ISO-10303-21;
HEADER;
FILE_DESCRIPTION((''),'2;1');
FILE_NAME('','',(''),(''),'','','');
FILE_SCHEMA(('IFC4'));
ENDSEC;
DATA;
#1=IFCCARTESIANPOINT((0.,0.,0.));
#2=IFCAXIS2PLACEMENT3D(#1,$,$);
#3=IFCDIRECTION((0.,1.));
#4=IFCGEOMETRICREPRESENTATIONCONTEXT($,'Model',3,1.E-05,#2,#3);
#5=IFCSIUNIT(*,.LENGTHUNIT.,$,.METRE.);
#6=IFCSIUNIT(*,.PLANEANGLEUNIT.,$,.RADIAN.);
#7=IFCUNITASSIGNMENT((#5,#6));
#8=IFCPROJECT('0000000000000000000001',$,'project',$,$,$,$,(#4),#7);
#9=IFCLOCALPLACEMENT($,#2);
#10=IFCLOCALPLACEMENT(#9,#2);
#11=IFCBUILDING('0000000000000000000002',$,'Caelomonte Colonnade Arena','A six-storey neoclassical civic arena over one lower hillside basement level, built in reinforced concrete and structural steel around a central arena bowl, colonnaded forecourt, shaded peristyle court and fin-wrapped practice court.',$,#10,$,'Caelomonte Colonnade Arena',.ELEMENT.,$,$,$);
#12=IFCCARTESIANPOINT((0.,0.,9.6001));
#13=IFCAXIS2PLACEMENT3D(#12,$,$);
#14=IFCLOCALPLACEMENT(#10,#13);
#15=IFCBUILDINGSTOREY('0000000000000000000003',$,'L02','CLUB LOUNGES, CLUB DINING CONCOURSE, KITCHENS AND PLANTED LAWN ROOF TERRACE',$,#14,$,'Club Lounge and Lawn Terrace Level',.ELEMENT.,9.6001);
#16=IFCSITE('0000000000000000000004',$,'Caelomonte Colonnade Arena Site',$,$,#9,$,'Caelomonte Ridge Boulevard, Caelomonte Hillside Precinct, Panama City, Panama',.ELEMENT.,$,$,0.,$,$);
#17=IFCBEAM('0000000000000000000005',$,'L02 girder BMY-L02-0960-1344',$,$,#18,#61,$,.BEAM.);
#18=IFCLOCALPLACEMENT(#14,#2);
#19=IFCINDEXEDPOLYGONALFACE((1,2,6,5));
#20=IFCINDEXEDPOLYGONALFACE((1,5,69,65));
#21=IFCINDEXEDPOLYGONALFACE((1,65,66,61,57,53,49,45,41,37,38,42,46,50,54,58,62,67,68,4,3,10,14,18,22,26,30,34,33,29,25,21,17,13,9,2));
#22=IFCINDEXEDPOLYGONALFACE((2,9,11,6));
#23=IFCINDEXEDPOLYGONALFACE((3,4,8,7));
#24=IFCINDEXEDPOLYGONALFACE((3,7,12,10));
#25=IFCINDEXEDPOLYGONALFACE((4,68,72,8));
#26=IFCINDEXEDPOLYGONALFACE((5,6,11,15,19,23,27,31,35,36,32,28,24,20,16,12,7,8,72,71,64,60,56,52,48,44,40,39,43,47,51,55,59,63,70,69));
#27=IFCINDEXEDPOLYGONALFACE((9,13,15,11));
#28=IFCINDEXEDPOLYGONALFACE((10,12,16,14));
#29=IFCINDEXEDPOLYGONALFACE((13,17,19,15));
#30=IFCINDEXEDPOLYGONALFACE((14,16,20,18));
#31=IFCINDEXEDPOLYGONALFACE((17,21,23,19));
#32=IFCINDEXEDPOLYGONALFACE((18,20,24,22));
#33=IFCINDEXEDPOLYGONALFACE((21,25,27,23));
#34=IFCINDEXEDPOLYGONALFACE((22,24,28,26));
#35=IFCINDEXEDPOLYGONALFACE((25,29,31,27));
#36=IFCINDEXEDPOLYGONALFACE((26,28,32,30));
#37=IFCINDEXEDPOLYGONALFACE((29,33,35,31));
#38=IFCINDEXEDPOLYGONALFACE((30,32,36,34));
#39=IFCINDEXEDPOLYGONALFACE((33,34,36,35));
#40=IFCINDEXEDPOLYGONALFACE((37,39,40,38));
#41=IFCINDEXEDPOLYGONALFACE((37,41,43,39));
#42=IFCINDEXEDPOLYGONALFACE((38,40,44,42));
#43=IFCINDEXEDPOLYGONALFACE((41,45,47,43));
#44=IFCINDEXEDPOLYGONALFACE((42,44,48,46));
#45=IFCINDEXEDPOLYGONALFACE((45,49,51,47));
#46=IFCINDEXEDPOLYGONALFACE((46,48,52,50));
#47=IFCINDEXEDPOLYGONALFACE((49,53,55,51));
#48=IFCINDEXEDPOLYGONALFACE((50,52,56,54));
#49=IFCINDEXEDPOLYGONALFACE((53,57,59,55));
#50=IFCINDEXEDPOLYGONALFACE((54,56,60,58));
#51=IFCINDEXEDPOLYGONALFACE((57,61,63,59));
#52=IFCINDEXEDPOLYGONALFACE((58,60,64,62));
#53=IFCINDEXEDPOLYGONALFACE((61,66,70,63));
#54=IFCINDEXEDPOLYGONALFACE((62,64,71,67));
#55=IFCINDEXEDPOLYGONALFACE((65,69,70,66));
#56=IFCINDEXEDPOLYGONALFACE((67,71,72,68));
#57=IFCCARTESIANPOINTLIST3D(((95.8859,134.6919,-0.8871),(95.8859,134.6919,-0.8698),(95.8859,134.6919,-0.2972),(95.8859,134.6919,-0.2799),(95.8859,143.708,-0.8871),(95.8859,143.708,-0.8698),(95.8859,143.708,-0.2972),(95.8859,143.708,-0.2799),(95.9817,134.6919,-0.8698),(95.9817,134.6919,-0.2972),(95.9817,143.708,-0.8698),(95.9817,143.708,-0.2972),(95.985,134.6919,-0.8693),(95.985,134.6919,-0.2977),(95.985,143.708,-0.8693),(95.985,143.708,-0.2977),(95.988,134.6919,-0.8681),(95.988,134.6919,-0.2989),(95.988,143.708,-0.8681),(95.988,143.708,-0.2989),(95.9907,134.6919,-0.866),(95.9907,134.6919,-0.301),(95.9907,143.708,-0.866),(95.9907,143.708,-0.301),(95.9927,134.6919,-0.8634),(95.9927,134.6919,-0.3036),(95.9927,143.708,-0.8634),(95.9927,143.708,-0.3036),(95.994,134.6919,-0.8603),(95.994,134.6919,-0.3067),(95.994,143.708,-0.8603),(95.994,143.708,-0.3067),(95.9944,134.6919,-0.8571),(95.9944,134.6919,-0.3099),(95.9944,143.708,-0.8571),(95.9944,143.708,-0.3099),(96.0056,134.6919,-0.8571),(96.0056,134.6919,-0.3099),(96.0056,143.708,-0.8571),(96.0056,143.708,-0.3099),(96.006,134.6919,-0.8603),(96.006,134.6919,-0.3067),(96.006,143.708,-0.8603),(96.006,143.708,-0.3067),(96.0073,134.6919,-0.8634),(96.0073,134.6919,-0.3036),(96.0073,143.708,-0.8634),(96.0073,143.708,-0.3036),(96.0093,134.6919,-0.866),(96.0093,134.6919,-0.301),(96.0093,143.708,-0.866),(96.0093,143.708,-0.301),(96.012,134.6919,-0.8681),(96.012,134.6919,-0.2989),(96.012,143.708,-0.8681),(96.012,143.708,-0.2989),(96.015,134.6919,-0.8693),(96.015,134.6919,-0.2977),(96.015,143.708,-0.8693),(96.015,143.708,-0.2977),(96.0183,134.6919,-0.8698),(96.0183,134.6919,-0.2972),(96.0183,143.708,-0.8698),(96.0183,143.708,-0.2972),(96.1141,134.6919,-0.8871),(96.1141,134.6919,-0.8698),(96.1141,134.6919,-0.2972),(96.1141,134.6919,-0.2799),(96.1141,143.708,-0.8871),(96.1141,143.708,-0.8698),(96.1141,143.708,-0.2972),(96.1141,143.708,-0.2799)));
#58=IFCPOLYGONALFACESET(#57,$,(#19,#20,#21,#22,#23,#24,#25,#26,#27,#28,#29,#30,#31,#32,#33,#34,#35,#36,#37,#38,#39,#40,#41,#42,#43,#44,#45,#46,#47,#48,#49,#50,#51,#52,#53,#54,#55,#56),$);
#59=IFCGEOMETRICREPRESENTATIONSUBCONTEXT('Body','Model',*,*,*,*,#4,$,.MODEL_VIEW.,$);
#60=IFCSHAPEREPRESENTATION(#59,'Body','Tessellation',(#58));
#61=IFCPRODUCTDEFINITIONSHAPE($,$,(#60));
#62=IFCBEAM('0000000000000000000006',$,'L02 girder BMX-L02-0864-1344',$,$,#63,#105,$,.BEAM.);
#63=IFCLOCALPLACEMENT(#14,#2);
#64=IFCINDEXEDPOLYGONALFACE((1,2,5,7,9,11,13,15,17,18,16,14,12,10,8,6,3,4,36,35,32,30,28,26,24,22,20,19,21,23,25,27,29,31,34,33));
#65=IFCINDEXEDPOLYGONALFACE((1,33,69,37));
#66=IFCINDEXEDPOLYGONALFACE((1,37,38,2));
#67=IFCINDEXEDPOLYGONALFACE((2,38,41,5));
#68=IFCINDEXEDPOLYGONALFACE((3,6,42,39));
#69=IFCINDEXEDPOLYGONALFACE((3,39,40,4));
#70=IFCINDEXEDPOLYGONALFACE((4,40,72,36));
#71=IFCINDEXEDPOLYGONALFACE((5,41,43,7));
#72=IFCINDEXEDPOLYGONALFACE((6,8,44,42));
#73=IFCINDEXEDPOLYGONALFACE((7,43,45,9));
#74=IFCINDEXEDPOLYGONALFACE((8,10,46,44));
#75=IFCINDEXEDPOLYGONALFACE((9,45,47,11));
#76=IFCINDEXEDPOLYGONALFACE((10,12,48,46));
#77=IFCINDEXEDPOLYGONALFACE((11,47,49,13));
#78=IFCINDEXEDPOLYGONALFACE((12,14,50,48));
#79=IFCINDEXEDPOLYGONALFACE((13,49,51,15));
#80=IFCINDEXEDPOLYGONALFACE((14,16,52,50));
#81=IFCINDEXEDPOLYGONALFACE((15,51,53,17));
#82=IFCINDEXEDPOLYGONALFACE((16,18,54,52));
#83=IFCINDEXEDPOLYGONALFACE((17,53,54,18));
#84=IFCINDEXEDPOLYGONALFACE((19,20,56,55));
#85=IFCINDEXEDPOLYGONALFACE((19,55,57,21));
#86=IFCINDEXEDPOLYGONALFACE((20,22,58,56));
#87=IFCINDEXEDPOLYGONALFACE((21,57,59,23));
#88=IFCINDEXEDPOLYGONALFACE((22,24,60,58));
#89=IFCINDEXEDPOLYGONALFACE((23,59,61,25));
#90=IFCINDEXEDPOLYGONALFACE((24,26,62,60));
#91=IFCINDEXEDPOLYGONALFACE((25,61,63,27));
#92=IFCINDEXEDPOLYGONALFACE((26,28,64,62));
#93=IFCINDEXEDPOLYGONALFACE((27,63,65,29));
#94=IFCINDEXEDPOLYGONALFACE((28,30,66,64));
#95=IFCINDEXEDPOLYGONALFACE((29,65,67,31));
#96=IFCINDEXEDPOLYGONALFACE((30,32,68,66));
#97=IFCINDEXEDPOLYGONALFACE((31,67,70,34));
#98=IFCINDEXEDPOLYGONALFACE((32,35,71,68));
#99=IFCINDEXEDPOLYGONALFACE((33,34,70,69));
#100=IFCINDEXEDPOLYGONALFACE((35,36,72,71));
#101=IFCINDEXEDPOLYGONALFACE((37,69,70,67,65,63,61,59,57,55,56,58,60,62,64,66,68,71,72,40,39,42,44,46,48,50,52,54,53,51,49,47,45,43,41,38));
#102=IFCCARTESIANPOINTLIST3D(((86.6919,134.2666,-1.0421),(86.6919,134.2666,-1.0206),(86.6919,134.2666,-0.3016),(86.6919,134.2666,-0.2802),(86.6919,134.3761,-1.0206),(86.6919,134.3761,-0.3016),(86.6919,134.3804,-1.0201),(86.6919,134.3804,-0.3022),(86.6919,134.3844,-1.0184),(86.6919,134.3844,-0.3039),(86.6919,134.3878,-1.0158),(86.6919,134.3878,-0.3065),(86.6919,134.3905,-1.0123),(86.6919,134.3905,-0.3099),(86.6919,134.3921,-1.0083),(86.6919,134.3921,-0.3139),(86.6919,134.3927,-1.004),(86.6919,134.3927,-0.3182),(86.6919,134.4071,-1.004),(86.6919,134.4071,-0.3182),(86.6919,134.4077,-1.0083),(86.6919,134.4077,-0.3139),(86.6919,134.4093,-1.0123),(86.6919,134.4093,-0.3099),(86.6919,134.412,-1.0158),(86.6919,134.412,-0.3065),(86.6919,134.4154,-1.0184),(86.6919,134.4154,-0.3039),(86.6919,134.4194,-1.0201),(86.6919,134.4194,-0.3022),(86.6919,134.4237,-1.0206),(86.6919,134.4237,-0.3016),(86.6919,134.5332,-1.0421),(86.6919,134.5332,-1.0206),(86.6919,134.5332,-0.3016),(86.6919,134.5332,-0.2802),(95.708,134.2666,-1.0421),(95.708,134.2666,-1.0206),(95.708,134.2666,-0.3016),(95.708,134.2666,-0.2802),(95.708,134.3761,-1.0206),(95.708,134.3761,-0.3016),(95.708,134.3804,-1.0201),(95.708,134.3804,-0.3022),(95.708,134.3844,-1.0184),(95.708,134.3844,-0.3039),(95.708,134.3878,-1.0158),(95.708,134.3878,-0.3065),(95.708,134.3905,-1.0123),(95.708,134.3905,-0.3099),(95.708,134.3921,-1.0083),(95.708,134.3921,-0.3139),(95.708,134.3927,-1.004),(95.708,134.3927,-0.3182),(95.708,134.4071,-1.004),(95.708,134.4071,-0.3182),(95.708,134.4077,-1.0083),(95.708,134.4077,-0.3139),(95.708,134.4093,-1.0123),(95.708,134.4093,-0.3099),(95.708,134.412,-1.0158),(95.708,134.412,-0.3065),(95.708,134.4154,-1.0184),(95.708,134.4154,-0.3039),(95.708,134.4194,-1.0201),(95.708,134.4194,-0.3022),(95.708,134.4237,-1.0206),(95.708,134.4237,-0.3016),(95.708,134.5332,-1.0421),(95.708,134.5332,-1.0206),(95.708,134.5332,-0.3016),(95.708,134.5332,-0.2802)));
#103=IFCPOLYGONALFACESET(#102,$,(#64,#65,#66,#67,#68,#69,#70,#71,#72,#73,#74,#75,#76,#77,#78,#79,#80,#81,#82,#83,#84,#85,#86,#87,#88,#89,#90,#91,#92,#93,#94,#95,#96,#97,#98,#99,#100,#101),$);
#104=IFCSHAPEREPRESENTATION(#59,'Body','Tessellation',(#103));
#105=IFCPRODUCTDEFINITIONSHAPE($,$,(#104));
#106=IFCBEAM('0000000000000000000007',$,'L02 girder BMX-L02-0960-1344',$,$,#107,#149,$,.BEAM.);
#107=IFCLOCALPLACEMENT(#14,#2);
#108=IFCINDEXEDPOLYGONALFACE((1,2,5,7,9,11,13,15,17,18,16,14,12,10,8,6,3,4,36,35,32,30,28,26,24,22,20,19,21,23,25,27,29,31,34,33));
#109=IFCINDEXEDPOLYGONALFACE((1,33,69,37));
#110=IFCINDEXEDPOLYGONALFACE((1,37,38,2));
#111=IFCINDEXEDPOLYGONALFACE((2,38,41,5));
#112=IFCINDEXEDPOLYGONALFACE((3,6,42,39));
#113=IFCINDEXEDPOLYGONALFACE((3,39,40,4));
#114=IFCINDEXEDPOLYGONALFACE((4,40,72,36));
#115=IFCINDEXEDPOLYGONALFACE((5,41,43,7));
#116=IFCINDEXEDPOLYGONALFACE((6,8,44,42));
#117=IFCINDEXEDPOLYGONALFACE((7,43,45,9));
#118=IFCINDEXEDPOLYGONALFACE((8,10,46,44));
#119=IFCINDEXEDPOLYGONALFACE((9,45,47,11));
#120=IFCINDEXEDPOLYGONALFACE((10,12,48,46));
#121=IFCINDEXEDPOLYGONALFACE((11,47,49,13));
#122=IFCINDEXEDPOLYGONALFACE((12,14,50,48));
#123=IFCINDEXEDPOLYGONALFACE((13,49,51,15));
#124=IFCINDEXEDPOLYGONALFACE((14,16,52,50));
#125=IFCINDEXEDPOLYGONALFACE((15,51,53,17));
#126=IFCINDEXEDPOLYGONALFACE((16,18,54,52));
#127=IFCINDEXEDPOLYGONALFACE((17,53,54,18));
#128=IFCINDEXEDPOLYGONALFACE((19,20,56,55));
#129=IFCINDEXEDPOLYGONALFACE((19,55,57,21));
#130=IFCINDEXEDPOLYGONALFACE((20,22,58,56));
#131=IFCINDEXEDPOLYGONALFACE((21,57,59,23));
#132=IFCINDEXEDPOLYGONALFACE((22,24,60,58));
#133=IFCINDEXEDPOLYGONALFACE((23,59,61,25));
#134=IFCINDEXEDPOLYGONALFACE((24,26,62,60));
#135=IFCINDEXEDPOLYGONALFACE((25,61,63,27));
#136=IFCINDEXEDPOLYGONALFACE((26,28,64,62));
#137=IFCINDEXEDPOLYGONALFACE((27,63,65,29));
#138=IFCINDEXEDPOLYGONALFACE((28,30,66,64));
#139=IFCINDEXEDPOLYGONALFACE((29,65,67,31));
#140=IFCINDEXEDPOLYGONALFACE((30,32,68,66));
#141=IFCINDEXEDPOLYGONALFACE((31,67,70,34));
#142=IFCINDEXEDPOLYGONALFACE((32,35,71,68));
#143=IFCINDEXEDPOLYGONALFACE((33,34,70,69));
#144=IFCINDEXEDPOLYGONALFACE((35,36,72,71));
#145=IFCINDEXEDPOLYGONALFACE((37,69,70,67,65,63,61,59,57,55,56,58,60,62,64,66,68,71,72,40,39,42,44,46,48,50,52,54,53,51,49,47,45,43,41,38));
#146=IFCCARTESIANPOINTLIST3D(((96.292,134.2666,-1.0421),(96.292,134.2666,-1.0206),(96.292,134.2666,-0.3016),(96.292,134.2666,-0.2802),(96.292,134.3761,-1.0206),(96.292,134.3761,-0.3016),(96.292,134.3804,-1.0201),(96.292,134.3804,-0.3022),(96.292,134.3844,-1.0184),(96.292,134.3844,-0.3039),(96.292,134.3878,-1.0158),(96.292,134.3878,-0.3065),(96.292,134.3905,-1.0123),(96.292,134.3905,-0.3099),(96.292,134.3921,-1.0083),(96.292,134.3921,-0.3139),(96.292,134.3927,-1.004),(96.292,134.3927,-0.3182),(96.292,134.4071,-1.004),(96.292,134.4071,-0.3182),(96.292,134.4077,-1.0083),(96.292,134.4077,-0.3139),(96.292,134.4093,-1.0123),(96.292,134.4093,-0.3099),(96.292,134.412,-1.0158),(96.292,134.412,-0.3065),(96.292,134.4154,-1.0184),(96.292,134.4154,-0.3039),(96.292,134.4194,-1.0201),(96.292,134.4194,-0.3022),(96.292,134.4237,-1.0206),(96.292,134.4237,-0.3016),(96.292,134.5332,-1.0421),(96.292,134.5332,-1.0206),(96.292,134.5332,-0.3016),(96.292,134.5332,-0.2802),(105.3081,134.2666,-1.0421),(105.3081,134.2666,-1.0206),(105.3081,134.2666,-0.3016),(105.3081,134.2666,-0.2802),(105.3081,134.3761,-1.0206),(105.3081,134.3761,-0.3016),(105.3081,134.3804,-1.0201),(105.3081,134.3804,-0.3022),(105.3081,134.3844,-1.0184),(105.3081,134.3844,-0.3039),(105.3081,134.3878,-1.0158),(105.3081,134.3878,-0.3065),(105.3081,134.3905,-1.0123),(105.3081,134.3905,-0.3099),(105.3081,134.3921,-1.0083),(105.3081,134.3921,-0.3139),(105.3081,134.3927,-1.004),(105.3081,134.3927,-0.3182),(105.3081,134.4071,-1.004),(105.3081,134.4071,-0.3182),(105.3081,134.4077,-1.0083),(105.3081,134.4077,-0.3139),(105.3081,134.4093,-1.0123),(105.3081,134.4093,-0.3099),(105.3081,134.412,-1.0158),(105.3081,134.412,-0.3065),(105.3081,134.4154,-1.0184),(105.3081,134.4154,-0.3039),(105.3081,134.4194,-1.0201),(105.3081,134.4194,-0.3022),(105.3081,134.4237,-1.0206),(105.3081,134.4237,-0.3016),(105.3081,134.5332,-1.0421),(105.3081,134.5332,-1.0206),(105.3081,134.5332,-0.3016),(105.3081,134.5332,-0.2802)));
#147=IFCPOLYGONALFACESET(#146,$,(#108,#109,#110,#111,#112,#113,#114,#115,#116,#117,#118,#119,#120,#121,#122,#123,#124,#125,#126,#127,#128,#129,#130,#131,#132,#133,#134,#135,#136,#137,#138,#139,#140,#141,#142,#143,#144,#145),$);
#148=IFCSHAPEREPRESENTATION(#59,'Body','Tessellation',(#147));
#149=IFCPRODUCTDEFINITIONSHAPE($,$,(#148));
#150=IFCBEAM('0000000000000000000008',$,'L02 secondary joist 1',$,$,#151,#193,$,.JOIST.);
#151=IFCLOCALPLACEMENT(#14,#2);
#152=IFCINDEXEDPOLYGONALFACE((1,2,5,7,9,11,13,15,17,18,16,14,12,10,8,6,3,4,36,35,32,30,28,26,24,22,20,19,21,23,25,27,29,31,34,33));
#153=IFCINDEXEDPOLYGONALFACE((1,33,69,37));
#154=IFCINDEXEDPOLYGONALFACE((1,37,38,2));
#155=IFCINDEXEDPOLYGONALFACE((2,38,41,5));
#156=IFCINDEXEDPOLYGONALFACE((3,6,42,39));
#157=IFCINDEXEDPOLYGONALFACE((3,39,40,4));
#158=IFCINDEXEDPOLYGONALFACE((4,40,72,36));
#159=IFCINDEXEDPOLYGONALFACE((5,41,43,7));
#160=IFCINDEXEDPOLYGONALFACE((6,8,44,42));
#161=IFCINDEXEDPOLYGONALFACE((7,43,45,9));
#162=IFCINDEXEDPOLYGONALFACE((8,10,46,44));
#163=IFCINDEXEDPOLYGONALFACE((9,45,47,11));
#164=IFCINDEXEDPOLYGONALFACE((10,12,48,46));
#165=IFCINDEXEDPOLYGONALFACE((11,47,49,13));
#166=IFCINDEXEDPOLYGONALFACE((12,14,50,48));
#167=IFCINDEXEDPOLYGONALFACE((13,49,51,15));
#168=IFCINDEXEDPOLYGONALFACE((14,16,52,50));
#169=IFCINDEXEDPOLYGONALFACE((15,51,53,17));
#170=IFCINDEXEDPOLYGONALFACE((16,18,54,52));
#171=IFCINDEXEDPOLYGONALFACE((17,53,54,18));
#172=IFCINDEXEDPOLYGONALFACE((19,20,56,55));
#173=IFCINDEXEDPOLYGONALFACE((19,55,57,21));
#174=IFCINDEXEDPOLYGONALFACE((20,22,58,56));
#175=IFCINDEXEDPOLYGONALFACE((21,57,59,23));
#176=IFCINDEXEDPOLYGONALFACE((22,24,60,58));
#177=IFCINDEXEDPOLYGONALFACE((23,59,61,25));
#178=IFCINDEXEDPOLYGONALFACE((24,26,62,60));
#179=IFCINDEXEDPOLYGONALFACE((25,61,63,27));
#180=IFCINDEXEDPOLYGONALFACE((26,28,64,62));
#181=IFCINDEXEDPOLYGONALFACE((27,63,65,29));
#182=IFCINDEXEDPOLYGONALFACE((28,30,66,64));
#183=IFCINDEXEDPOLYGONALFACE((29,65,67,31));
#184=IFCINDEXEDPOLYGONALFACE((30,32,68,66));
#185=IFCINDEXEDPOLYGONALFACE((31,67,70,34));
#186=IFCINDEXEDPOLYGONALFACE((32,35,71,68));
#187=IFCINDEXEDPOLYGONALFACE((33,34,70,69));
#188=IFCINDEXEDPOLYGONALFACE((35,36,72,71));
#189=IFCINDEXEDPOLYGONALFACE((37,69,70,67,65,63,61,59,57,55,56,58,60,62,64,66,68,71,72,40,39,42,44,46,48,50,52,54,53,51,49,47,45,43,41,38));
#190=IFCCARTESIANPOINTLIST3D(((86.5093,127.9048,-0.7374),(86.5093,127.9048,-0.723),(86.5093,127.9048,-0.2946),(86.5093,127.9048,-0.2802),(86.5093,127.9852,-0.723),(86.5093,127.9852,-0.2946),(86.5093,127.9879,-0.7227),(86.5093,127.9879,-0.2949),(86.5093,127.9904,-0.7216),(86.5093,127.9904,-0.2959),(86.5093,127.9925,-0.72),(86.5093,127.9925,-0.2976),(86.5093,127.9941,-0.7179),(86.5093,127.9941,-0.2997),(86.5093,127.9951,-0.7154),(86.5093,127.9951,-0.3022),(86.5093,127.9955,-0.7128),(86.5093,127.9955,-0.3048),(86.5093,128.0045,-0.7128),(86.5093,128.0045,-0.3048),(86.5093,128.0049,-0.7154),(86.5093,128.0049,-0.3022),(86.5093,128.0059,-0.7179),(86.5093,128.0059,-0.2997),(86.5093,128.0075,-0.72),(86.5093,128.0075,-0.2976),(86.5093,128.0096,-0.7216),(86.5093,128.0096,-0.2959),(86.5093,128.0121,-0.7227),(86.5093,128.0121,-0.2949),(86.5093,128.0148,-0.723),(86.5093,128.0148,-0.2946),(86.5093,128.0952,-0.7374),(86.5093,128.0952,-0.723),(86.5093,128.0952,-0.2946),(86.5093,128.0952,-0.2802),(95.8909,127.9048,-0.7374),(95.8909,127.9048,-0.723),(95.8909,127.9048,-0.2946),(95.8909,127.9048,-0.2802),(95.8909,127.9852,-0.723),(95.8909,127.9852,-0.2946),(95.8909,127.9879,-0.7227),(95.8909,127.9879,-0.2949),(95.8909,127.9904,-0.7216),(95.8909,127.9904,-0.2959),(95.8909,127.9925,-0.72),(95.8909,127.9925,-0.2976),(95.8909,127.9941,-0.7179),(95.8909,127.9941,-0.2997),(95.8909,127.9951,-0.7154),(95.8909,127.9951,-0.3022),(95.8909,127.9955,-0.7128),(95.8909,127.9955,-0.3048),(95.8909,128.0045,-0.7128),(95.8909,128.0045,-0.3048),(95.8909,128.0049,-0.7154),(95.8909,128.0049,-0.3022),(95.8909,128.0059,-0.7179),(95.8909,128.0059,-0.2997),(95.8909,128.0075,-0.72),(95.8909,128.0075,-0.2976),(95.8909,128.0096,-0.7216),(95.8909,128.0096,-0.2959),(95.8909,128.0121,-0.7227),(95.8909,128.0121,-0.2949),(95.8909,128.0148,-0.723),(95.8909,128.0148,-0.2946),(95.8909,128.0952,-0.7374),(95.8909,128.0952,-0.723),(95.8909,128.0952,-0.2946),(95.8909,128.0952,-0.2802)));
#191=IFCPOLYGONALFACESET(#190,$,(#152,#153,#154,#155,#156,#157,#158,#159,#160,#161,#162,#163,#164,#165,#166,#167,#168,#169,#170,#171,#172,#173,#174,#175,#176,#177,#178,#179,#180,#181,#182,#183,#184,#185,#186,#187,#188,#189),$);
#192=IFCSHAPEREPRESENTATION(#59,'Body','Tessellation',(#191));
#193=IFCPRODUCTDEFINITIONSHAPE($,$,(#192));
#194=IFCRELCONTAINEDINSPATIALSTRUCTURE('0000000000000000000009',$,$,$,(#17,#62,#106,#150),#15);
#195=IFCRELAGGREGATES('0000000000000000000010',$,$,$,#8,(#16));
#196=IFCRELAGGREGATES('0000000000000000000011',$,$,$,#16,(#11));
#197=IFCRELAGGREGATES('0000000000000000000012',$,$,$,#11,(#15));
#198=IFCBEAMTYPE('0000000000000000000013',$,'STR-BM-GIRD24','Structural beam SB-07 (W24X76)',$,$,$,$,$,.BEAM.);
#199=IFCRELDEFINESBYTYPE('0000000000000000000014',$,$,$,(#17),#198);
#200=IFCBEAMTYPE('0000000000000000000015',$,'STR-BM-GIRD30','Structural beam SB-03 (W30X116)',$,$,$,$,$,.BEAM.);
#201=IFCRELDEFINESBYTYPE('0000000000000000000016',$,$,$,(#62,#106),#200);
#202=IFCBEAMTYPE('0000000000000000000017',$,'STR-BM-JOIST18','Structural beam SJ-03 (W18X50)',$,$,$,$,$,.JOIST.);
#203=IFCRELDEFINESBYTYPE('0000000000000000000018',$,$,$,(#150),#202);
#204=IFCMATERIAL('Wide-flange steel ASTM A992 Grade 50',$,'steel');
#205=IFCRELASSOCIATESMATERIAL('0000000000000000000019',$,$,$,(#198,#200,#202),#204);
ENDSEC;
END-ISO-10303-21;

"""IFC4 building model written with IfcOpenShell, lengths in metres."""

from ifc_helpers import new_model, si_unit, direction, frame, origin, origin_2d, place, context, subcontext, project, spatial, i_section, extrude, material, material_profile, profile_set, type_object, element, save


model = new_model("IFC4")

# Units and contexts
model_context = context("Model", 3, precision=1e-05, world=origin(), true_north=direction((0.0, 1.0)))
body_context = subcontext(model_context, "Body", "Model", "MODEL_VIEW")
ifc_project = project(units=[si_unit("LENGTHUNIT", "METRE"), si_unit("PLANEANGLEUNIT", "RADIAN")], contexts=[model_context])

# Site, building, storey
site_placement = place(None, origin())
site = spatial("IfcSite", under=ifc_project, at=site_placement, Name="Caelomonte Colonnade Arena Site", LongName="Caelomonte Ridge Boulevard, Caelomonte Hillside Precinct, Panama City, Panama", CompositionType="ELEMENT", RefElevation=0.0)
building_placement = place(site_placement, origin())
building = spatial("IfcBuilding", under=site, at=building_placement, Name="Caelomonte Colonnade Arena", Description="A six-storey neoclassical civic arena over one lower hillside basement level, built in reinforced concrete and structural steel around a central arena bowl, colonnaded forecourt, shaded peristyle court and fin-wrapped practice court.", LongName="Caelomonte Colonnade Arena", CompositionType="ELEMENT")
storey_placement = place(building_placement, frame((0.0, 0.0, 9.6001)))
storey = spatial("IfcBuildingStorey", under=building, at=storey_placement, Name="L02", Description="CLUB LOUNGES, CLUB DINING CONCOURSE, KITCHENS AND PLANTED LAWN ROOF TERRACE", LongName="Club Lounge and Lawn Terrace Level", CompositionType="ELEMENT", Elevation=9.6001)

# Beams
ifc_material_1 = material(Name="Wide-flange steel ASTM A992 Grade 50", Category="steel")
ifc_material_profile_1 = material_profile(ifc_material_1, i_section(OverallWidth=0.2283, OverallDepth=0.6072, WebThickness=0.0112, FlangeThickness=0.0173, FilletRadius=0.0127, at=origin_2d()), Name="W24X76")
ifc_profile_set_1 = profile_set([ifc_material_profile_1], Name="Wide-flange steel ASTM A992 Grade 50")
beam_type_1 = type_object("IfcBeamType", Name="STR-BM-GIRD24", Description="Structural beam SB-07 (W24X76)", PredefinedType="BEAM", material=ifc_profile_set_1)
beam_1_placement = place(storey_placement, frame((96.0, 134.6919, -0.5835), z_axis=(0.0, 1.0, 0.0), x_axis=(-1.0, 0.0, 0.0)))
element("IfcBeam", 1, at=beam_1_placement, inside=storey, type_object=beam_type_1, Name="L02 girder BMY-L02-0960-1344", PredefinedType="BEAM", context=body_context, shape_type="SweptSolid", body=[
    extrude(i_section(OverallWidth=0.2283, OverallDepth=0.6072, WebThickness=0.0112, FlangeThickness=0.0173, FilletRadius=0.0127, at=origin_2d()), origin(), (0.0, 0.0, 1.0), 9.0161),
])
ifc_material_profile_2 = material_profile(ifc_material_1, i_section(OverallWidth=0.2666, OverallDepth=0.762, WebThickness=0.0144, FlangeThickness=0.0215, FilletRadius=0.0166, at=origin_2d()), Name="W30X116")
ifc_profile_set_2 = profile_set([ifc_material_profile_2], Name="Wide-flange steel ASTM A992 Grade 50")
beam_type_2 = type_object("IfcBeamType", Name="STR-BM-GIRD30", Description="Structural beam SB-03 (W30X116)", PredefinedType="BEAM", material=ifc_profile_set_2)
for number, where, z_axis, x_axis, name in (
    (2, (86.6919, 134.3999, -0.6611), (1.0, 0.0, 0.0), (0.0, 1.0, 0.0), "L02 girder BMX-L02-0864-1344"),
    (3, (96.292, 134.3999, -0.6611), (1.0, 0.0, 0.0), (0.0, 1.0, 0.0), "L02 girder BMX-L02-0960-1344"),
):
    element("IfcBeam", number, at=place(storey_placement, frame(where, z_axis=z_axis, x_axis=x_axis)), inside=storey, type_object=beam_type_2, Name=name, PredefinedType="BEAM", context=body_context, shape_type="SweptSolid", body=[
        extrude(i_section(OverallWidth=0.2666, OverallDepth=0.762, WebThickness=0.0144, FlangeThickness=0.0215, FilletRadius=0.0166, at=origin_2d()), origin(), (0.0, 0.0, 1.0), 9.0161),
    ])
ifc_material_profile_3 = material_profile(ifc_material_1, i_section(OverallWidth=0.1904, OverallDepth=0.4573, WebThickness=0.009, FlangeThickness=0.0144, FilletRadius=0.0103, at=origin_2d()), Name="W18X50")
ifc_profile_set_3 = profile_set([ifc_material_profile_3], Name="Wide-flange steel ASTM A992 Grade 50")
beam_type_3 = type_object("IfcBeamType", Name="STR-BM-JOIST18", Description="Structural beam SJ-03 (W18X50)", PredefinedType="JOIST", material=ifc_profile_set_3)
for number, where, z_axis, x_axis, name in (
    (4, (86.5093, 128.0, -0.5088), (1.0, 0.0, 0.0), (0.0, 1.0, 0.0), "L02 secondary joist 1"),
):
    element("IfcBeam", number, at=place(storey_placement, frame(where, z_axis=z_axis, x_axis=x_axis)), inside=storey, type_object=beam_type_3, Name=name, PredefinedType="JOIST", context=body_context, shape_type="SweptSolid", body=[
        extrude(i_section(OverallWidth=0.1904, OverallDepth=0.4573, WebThickness=0.009, FlangeThickness=0.0144, FilletRadius=0.0103, at=origin_2d()), origin(), (0.0, 0.0, 1.0), 9.3816),
    ])

save(model, "model.ifc")
